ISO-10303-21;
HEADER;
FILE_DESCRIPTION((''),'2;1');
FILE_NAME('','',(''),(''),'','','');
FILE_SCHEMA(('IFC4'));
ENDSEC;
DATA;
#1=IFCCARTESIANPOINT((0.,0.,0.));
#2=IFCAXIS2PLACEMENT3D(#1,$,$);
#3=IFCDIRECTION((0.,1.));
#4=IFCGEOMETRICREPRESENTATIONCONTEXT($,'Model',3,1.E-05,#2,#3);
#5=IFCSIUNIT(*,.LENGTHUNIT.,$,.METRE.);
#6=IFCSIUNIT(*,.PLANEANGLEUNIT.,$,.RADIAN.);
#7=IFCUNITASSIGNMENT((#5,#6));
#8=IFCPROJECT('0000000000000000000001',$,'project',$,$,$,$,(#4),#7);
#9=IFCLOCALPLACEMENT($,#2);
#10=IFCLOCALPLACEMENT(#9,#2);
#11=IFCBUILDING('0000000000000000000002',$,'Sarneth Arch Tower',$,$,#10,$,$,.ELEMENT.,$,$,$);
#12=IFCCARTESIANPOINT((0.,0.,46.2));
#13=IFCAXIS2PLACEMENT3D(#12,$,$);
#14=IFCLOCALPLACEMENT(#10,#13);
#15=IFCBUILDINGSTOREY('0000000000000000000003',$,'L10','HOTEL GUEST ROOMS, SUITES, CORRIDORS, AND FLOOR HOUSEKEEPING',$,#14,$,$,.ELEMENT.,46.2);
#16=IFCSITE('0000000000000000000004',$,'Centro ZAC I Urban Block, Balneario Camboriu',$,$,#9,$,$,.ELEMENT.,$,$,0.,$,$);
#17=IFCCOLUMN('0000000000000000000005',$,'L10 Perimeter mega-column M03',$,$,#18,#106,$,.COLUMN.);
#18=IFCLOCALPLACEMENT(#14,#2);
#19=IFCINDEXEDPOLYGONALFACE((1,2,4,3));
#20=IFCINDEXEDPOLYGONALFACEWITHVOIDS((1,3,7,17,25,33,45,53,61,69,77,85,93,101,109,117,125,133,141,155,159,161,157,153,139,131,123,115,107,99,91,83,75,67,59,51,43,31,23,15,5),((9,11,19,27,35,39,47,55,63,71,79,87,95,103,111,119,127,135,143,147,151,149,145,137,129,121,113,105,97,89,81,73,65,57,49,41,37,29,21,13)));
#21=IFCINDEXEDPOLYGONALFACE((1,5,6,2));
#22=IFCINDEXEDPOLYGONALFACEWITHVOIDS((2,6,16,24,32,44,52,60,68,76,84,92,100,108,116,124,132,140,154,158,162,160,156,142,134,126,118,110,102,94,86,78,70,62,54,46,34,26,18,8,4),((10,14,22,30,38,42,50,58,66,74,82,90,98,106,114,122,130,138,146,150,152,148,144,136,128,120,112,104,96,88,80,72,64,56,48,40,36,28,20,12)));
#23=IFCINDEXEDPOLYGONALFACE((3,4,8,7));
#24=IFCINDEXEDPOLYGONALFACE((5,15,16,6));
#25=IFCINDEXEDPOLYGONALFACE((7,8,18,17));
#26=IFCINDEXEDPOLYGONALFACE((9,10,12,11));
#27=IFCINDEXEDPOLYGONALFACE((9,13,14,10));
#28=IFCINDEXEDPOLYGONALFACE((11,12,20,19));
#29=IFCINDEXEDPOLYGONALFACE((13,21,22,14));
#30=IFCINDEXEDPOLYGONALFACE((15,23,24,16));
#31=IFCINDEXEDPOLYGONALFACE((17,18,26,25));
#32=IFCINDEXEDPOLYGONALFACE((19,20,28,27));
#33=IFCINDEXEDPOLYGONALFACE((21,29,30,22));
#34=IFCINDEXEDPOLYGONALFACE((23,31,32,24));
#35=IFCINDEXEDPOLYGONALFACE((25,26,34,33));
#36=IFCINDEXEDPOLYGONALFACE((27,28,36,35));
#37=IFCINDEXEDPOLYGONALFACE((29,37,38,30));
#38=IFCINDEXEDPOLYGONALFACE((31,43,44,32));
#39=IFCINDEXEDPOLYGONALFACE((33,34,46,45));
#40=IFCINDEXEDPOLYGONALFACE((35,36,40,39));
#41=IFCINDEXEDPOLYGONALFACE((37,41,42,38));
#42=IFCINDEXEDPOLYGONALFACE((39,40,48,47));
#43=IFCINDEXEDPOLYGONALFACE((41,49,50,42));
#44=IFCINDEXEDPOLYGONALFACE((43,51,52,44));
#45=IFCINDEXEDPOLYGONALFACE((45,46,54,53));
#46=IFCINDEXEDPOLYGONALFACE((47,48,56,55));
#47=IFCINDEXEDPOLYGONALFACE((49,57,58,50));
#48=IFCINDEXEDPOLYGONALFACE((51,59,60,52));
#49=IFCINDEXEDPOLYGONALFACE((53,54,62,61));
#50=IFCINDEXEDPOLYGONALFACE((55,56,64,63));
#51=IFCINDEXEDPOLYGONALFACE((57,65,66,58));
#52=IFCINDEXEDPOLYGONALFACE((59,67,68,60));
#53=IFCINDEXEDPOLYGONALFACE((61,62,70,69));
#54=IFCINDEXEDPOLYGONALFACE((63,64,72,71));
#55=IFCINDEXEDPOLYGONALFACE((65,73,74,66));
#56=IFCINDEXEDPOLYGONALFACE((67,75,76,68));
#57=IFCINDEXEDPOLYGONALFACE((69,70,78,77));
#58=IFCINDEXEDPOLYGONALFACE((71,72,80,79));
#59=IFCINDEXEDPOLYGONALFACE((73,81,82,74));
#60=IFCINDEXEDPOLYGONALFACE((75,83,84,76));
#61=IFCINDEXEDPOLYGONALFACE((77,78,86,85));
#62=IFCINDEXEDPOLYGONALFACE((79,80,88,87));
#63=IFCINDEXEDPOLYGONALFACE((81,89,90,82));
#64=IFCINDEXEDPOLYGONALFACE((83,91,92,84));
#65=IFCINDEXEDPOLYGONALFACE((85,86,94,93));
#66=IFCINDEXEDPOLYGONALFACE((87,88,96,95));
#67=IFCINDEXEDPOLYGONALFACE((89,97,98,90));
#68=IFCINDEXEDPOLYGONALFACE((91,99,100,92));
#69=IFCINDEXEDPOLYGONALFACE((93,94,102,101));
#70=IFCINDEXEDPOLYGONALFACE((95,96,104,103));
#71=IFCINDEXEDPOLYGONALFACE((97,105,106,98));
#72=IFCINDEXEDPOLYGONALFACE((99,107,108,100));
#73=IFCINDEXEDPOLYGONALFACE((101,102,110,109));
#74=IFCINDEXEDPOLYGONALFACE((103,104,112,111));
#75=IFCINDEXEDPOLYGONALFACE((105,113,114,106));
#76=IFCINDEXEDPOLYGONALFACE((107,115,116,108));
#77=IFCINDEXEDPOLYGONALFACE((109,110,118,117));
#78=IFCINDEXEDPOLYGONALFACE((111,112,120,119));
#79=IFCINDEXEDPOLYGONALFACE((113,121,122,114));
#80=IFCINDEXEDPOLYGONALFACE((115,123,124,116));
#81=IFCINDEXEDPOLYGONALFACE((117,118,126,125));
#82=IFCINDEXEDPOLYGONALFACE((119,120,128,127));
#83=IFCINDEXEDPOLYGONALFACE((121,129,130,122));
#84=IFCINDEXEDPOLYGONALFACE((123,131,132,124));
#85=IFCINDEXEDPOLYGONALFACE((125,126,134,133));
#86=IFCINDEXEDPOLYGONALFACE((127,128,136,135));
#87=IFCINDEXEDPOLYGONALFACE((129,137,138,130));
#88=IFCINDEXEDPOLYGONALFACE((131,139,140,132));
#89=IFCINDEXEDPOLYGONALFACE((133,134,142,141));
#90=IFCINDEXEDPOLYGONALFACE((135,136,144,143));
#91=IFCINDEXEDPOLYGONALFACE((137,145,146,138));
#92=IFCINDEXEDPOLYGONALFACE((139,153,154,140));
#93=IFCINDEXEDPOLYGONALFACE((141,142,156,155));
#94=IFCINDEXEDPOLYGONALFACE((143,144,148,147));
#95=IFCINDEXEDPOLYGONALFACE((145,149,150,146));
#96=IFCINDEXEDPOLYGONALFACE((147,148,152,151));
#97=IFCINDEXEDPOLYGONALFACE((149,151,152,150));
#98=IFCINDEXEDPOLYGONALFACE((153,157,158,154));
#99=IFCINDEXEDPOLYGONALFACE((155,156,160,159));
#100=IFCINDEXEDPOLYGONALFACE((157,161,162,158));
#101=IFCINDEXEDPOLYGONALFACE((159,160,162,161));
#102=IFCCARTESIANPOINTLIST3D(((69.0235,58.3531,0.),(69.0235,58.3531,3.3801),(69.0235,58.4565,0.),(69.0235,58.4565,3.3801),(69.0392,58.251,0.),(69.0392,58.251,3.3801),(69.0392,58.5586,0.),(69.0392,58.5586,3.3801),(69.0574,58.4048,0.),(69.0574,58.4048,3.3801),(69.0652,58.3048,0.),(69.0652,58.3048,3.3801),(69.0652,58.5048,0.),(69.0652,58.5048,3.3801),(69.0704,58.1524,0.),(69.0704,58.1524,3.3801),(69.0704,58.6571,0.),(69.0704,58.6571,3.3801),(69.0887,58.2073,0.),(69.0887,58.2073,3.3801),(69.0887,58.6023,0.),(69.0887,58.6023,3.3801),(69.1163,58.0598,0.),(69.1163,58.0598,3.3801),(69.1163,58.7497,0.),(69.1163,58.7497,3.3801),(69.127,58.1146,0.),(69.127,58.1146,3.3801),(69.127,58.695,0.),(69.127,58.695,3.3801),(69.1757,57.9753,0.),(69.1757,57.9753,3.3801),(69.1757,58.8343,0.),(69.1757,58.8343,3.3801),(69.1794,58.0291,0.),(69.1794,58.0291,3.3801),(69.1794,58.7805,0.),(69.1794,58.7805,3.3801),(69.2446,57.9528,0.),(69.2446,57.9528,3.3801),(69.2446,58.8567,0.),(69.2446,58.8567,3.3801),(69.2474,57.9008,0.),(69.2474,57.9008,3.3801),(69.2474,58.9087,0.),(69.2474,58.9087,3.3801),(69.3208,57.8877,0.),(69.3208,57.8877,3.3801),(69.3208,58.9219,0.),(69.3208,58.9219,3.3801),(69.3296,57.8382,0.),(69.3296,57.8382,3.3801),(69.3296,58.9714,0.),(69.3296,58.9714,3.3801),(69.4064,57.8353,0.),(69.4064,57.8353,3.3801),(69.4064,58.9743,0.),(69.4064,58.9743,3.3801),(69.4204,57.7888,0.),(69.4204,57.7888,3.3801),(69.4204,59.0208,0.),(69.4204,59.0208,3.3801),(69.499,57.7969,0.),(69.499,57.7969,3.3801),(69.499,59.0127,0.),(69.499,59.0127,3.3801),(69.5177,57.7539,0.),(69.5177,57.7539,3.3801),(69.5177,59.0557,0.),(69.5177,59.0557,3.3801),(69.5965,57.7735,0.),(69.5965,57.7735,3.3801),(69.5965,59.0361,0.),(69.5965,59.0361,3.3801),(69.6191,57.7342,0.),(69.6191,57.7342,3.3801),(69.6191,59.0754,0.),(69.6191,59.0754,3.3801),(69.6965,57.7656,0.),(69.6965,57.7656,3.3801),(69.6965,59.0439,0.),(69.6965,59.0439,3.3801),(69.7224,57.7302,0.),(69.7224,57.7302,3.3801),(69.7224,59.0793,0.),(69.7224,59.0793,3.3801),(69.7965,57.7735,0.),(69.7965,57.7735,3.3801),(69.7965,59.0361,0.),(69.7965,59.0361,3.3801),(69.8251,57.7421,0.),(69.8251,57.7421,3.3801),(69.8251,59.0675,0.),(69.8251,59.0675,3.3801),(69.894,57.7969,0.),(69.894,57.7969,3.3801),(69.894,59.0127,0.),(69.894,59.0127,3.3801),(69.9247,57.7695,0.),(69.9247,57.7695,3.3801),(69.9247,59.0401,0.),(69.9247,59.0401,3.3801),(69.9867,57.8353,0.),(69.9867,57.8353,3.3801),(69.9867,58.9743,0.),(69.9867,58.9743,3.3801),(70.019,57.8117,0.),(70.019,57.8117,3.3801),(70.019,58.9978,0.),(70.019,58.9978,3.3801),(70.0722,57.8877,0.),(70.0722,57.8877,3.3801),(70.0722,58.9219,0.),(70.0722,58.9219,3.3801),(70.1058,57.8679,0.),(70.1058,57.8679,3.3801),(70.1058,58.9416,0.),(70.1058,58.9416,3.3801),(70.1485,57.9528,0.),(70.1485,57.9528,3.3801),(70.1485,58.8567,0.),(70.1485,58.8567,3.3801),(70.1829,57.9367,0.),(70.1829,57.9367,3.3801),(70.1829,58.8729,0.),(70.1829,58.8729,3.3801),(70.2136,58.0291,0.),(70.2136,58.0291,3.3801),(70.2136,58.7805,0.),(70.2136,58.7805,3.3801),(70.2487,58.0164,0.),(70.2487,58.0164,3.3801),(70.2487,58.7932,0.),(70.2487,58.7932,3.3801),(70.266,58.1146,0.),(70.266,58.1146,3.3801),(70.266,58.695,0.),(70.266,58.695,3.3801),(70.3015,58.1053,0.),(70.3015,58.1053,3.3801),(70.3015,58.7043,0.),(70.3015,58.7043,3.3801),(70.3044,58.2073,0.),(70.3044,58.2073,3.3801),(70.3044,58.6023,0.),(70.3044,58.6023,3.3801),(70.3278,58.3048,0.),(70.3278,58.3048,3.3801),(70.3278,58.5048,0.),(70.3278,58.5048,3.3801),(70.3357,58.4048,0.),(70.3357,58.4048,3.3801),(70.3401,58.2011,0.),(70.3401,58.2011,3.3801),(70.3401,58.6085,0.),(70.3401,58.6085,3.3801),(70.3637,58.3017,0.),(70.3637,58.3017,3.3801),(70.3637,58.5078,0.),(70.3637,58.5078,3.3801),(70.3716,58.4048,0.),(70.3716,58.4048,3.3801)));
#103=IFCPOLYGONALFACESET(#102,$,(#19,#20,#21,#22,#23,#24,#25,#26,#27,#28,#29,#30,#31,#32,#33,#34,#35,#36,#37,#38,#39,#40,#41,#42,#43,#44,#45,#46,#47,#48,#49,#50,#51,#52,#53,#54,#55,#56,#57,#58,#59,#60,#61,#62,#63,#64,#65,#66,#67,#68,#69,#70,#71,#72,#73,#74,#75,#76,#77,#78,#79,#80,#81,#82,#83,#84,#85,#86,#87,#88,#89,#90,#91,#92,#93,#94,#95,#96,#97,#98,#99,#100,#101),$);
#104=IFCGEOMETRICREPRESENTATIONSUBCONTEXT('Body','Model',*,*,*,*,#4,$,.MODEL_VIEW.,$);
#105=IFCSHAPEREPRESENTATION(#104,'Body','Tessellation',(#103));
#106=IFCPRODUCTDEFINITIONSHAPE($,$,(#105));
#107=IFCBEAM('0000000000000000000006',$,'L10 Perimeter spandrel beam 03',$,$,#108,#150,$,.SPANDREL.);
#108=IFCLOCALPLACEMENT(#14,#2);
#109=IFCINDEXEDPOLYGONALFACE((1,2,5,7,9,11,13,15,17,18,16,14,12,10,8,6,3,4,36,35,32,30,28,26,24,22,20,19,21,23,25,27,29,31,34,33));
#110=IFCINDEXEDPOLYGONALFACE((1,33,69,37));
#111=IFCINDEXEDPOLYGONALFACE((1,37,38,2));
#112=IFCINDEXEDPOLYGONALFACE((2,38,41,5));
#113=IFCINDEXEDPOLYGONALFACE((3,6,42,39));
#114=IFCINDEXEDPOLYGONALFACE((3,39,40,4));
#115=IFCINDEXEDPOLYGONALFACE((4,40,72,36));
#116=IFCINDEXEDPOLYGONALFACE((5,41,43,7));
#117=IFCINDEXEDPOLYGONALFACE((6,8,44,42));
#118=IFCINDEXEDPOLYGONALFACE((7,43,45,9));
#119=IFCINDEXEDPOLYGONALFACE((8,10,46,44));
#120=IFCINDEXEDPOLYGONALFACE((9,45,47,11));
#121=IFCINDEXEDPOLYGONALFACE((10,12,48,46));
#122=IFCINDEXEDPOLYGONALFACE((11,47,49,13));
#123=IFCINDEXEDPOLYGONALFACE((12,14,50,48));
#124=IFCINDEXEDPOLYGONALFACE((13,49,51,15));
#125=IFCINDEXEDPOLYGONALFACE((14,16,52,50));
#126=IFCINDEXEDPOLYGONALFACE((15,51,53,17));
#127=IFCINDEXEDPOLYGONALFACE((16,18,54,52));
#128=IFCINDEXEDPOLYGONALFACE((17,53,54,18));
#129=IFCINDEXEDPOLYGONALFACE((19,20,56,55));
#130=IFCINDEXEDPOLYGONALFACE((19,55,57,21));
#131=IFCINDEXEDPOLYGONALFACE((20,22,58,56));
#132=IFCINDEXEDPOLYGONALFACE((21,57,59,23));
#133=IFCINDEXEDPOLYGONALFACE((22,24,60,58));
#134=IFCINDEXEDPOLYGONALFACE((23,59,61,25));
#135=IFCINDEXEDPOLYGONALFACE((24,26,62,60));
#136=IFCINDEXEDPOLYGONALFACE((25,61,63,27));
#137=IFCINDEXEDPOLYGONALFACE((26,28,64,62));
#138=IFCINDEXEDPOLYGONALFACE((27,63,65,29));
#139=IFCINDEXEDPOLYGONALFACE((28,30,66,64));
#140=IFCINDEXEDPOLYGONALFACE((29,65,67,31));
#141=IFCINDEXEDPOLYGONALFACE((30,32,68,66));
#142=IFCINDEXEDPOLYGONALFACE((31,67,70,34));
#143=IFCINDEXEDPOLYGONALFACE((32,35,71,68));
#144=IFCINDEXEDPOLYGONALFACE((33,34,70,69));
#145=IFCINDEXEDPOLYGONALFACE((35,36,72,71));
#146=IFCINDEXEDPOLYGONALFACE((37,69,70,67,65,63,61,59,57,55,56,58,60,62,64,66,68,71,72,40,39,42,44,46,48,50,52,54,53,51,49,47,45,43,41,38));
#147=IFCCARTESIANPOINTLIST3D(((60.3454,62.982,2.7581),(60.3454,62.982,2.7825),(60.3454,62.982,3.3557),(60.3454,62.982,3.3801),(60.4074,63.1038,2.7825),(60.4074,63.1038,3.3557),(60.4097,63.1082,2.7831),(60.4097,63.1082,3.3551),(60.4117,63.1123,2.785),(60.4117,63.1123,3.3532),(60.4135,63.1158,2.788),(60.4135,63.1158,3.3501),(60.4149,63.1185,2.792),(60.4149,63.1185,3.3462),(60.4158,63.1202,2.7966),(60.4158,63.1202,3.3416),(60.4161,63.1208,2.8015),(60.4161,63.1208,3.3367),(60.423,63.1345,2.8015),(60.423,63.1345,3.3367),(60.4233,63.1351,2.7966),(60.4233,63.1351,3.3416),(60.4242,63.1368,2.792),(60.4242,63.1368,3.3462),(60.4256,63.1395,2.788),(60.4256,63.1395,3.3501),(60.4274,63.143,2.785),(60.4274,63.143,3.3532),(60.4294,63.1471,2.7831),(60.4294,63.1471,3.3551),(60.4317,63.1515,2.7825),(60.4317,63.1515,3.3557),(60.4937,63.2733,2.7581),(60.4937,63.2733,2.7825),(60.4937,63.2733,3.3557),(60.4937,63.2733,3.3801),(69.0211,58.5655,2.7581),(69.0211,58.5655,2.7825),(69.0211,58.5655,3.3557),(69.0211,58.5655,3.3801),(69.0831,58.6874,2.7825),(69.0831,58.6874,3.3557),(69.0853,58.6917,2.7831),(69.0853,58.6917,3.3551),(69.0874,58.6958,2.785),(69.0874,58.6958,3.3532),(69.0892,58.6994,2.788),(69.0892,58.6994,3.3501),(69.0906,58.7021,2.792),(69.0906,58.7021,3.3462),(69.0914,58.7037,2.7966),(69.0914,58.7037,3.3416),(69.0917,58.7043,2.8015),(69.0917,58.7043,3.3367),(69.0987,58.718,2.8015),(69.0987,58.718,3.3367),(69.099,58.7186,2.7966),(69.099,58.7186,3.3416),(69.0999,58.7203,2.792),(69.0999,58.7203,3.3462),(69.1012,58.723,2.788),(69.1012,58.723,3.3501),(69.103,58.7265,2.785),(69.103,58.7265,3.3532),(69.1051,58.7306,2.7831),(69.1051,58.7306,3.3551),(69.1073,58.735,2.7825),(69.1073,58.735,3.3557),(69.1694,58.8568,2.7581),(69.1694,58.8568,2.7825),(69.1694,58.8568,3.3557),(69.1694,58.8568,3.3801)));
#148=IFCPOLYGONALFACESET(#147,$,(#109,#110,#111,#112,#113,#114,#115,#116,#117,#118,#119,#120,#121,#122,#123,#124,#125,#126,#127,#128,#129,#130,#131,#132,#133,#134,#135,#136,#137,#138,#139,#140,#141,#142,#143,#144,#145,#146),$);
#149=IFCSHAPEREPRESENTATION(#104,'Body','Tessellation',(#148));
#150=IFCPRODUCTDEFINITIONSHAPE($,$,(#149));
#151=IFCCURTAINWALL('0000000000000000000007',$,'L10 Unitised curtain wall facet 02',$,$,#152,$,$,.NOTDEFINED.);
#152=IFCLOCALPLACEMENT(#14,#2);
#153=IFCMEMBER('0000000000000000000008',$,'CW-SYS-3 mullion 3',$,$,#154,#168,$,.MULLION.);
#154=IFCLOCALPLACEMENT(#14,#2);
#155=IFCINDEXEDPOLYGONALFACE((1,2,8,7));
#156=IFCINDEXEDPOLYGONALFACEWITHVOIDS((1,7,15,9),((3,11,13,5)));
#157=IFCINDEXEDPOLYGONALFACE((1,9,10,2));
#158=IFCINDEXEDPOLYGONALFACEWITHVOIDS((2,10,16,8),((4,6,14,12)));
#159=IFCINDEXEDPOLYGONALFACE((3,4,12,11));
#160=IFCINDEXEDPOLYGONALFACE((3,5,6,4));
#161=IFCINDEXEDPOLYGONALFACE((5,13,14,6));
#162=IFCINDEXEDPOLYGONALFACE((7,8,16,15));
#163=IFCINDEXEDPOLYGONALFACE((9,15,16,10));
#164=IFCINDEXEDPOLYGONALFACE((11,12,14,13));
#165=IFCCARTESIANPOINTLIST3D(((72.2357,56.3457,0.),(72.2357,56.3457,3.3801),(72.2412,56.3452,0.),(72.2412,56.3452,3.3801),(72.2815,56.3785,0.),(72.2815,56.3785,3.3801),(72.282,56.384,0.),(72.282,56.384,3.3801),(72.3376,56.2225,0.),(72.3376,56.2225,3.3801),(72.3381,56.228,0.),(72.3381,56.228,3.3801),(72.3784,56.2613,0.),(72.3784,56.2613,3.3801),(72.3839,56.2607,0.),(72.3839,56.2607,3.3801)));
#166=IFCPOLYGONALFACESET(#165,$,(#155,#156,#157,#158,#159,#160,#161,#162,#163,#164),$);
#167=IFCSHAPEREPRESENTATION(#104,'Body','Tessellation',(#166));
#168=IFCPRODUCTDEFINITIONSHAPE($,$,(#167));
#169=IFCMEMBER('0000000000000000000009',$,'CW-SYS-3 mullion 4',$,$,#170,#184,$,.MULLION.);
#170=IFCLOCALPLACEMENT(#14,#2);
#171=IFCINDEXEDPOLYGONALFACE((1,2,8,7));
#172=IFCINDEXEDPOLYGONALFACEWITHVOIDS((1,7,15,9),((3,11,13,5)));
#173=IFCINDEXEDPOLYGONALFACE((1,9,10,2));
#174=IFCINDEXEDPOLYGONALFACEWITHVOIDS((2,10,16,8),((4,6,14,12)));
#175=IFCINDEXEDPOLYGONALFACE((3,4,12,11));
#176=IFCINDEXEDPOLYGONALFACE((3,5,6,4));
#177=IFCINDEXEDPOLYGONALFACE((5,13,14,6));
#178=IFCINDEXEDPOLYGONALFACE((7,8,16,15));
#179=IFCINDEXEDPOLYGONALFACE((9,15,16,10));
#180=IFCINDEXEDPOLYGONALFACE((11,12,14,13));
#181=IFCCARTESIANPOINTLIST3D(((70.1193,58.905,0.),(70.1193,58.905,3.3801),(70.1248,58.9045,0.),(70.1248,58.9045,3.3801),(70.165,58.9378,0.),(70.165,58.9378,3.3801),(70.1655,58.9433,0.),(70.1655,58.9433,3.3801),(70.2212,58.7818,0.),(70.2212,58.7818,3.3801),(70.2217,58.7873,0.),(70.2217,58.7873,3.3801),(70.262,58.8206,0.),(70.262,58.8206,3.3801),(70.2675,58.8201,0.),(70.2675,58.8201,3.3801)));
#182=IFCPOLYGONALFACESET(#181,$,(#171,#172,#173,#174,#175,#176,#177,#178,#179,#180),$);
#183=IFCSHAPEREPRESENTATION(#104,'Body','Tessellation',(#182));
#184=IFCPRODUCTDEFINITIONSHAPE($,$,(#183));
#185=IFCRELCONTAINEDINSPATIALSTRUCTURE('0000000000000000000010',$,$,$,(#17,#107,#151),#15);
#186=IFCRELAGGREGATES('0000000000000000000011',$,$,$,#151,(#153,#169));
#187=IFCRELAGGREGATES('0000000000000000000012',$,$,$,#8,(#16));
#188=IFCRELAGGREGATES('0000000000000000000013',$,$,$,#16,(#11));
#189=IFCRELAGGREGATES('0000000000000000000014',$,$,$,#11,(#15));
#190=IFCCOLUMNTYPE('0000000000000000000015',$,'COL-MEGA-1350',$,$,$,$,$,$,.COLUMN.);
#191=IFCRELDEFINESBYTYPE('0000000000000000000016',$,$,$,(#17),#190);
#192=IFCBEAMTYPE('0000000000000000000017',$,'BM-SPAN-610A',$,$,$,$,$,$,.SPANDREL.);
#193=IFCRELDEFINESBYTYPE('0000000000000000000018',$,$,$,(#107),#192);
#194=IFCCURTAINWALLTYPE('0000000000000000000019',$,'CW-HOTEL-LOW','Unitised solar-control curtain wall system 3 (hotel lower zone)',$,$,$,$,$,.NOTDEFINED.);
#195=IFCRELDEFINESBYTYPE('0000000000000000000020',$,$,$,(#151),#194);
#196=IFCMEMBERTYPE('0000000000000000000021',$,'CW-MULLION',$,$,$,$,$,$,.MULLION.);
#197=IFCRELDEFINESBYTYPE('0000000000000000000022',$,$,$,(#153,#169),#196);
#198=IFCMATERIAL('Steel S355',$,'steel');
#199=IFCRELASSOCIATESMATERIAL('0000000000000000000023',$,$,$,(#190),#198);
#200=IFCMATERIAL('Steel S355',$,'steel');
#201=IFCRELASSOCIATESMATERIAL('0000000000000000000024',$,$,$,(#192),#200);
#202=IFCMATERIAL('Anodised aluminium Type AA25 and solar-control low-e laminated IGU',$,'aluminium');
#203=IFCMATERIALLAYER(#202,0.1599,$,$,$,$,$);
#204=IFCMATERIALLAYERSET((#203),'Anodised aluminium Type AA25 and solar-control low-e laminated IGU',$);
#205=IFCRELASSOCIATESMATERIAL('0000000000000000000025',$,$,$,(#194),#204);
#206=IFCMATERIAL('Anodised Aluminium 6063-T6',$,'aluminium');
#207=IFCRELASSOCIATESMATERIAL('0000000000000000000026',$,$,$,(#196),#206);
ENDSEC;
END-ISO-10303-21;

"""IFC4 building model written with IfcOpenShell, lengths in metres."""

from ifc_helpers import new_model, si_unit, direction, frame, origin, origin_2d, place, context, subcontext, project, spatial, hollow_rectangle, hollow_circle, i_section, extrude, material, layer, layer_set, material_profile, profile_set, type_object, element, aggregate, save


model = new_model("IFC4")

# Units and contexts
model_context = context("Model", 3, precision=1e-05, world=origin(), true_north=direction((0.0, 1.0)))
body_context = subcontext(model_context, "Body", "Model", "MODEL_VIEW")
ifc_project = project(units=[si_unit("LENGTHUNIT", "METRE"), si_unit("PLANEANGLEUNIT", "RADIAN")], contexts=[model_context])

# Site, building, storey
site_placement = place(None, origin())
site = spatial("IfcSite", under=ifc_project, at=site_placement, Name="Centro ZAC I Urban Block, Balneario Camboriu", CompositionType="ELEMENT", RefElevation=0.0)
building_placement = place(site_placement, origin())
building = spatial("IfcBuilding", under=site, at=building_placement, Name="Sarneth Arch Tower", CompositionType="ELEMENT")
storey_placement = place(building_placement, frame((0.0, 0.0, 46.2)))
storey = spatial("IfcBuildingStorey", under=building, at=storey_placement, Name="L10", Description="HOTEL GUEST ROOMS, SUITES, CORRIDORS, AND FLOOR HOUSEKEEPING", CompositionType="ELEMENT", Elevation=46.2)

# Column
ifc_material_1 = material(Name="Steel S355", Category="steel")
ifc_material_profile_1 = material_profile(ifc_material_1, hollow_circle(Radius=0.675, WallThickness=0.0359, at=origin_2d()), Name="CHS1350x36")
ifc_profile_set_1 = profile_set([ifc_material_profile_1], Name="Steel S355")
column_type = type_object("IfcColumnType", Name="COL-MEGA-1350", PredefinedType="COLUMN", material=ifc_profile_set_1)
column_placement = place(storey_placement, frame((69.6965, 58.4048, 0.0), z_axis=(0.0, 0.0, 1.0), x_axis=(1.0, 0.0, 0.0)))
element("IfcColumn", 1, at=column_placement, inside=storey, type_object=column_type, Name="L10 Perimeter mega-column M03", PredefinedType="COLUMN", context=body_context, shape_type="SweptSolid", body=[
    extrude(hollow_circle(Radius=0.675, WallThickness=0.0359, at=origin_2d()), origin(), (0.0, 0.0, 1.0), 3.3801),
])

# Beam
ifc_material_2 = material(Name="Steel S355", Category="steel")
ifc_material_profile_2 = material_profile(ifc_material_2, i_section(OverallWidth=0.3269, OverallDepth=0.6221, WebThickness=0.0154, FlangeThickness=0.0244, FilletRadius=0.019, at=origin_2d()), Name="W610x195")
ifc_profile_set_2 = profile_set([ifc_material_profile_2], Name="Steel S355")
beam_type = type_object("IfcBeamType", Name="BM-SPAN-610A", PredefinedType="SPANDREL", material=ifc_profile_set_2)
beam_placement = place(storey_placement, frame((69.0952, 58.7112, 3.0691), z_axis=(-0.891174, 0.453662, 0.0), x_axis=(-0.453662, -0.891174, 0.0)))
element("IfcBeam", 2, at=beam_placement, inside=storey, type_object=beam_type, Name="L10 Perimeter spandrel beam 03", PredefinedType="SPANDREL", context=body_context, shape_type="SweptSolid", body=[
    extrude(i_section(OverallWidth=0.3269, OverallDepth=0.6221, WebThickness=0.0154, FlangeThickness=0.0244, FilletRadius=0.019, at=origin_2d()), origin(), (0.0, 0.0, 1.0), 9.7351),
])

# Curtain wall, members
ifc_material_3 = material(Name="Anodised aluminium Type AA25 and solar-control low-e laminated IGU", Category="aluminium")
ifc_layer_1 = layer(ifc_material_3, 0.1599)
ifc_layer_set_1 = layer_set([ifc_layer_1], Name="Anodised aluminium Type AA25 and solar-control low-e laminated IGU")
curtain_wall_type = type_object("IfcCurtainWallType", Name="CW-HOTEL-LOW", Description="Unitised solar-control curtain wall system 3 (hotel lower zone)", PredefinedType="NOTDEFINED", material=ifc_layer_set_1)
curtain_wall_placement = place(storey_placement, origin())
curtain_wall = element("IfcCurtainWall", 3, at=curtain_wall_placement, inside=storey, type_object=curtain_wall_type, Name="L10 Unitised curtain wall facet 02", PredefinedType="NOTDEFINED")
ifc_material_4 = material(Name="Anodised Aluminium 6063-T6", Category="aluminium")
ifc_material_profile_3 = material_profile(ifc_material_4, hollow_rectangle(XDim=0.0601, YDim=0.1599, WallThickness=0.0039, at=origin_2d()), Name="AL-MULL-160x60x4")
ifc_profile_set_3 = profile_set([ifc_material_profile_3], Name="Anodised Aluminium 6063-T6")
member_type_1 = type_object("IfcMemberType", Name="CW-MULLION", PredefinedType="MULLION", material=ifc_profile_set_3)
member_1_placement = place(storey_placement, frame((72.3098, 56.3032, 0.0), z_axis=(0.0, 0.0, 1.0), x_axis=(-0.770623, -0.637291, 0.0)))
member_1 = element("IfcMember", 4, at=member_1_placement, type_object=member_type_1, Name="CW-SYS-3 mullion 3", PredefinedType="MULLION", context=body_context, shape_type="SweptSolid", body=[
    extrude(hollow_rectangle(XDim=0.0601, YDim=0.1599, WallThickness=0.0039, at=origin_2d()), origin(), (0.0, 0.0, 1.0), 3.3801),
])
member_2_placement = place(storey_placement, frame((70.1934, 58.8625, 0.0), z_axis=(0.0, 0.0, 1.0), x_axis=(-0.770623, -0.637291, 0.0)))
member_2 = element("IfcMember", 5, at=member_2_placement, type_object=member_type_1, Name="CW-SYS-3 mullion 4", PredefinedType="MULLION", context=body_context, shape_type="SweptSolid", body=[
    extrude(hollow_rectangle(XDim=0.0601, YDim=0.1599, WallThickness=0.0039, at=origin_2d()), origin(), (0.0, 0.0, 1.0), 3.3801),
])

aggregate(curtain_wall, [member_1, member_2])

save(model, "model.ifc")
